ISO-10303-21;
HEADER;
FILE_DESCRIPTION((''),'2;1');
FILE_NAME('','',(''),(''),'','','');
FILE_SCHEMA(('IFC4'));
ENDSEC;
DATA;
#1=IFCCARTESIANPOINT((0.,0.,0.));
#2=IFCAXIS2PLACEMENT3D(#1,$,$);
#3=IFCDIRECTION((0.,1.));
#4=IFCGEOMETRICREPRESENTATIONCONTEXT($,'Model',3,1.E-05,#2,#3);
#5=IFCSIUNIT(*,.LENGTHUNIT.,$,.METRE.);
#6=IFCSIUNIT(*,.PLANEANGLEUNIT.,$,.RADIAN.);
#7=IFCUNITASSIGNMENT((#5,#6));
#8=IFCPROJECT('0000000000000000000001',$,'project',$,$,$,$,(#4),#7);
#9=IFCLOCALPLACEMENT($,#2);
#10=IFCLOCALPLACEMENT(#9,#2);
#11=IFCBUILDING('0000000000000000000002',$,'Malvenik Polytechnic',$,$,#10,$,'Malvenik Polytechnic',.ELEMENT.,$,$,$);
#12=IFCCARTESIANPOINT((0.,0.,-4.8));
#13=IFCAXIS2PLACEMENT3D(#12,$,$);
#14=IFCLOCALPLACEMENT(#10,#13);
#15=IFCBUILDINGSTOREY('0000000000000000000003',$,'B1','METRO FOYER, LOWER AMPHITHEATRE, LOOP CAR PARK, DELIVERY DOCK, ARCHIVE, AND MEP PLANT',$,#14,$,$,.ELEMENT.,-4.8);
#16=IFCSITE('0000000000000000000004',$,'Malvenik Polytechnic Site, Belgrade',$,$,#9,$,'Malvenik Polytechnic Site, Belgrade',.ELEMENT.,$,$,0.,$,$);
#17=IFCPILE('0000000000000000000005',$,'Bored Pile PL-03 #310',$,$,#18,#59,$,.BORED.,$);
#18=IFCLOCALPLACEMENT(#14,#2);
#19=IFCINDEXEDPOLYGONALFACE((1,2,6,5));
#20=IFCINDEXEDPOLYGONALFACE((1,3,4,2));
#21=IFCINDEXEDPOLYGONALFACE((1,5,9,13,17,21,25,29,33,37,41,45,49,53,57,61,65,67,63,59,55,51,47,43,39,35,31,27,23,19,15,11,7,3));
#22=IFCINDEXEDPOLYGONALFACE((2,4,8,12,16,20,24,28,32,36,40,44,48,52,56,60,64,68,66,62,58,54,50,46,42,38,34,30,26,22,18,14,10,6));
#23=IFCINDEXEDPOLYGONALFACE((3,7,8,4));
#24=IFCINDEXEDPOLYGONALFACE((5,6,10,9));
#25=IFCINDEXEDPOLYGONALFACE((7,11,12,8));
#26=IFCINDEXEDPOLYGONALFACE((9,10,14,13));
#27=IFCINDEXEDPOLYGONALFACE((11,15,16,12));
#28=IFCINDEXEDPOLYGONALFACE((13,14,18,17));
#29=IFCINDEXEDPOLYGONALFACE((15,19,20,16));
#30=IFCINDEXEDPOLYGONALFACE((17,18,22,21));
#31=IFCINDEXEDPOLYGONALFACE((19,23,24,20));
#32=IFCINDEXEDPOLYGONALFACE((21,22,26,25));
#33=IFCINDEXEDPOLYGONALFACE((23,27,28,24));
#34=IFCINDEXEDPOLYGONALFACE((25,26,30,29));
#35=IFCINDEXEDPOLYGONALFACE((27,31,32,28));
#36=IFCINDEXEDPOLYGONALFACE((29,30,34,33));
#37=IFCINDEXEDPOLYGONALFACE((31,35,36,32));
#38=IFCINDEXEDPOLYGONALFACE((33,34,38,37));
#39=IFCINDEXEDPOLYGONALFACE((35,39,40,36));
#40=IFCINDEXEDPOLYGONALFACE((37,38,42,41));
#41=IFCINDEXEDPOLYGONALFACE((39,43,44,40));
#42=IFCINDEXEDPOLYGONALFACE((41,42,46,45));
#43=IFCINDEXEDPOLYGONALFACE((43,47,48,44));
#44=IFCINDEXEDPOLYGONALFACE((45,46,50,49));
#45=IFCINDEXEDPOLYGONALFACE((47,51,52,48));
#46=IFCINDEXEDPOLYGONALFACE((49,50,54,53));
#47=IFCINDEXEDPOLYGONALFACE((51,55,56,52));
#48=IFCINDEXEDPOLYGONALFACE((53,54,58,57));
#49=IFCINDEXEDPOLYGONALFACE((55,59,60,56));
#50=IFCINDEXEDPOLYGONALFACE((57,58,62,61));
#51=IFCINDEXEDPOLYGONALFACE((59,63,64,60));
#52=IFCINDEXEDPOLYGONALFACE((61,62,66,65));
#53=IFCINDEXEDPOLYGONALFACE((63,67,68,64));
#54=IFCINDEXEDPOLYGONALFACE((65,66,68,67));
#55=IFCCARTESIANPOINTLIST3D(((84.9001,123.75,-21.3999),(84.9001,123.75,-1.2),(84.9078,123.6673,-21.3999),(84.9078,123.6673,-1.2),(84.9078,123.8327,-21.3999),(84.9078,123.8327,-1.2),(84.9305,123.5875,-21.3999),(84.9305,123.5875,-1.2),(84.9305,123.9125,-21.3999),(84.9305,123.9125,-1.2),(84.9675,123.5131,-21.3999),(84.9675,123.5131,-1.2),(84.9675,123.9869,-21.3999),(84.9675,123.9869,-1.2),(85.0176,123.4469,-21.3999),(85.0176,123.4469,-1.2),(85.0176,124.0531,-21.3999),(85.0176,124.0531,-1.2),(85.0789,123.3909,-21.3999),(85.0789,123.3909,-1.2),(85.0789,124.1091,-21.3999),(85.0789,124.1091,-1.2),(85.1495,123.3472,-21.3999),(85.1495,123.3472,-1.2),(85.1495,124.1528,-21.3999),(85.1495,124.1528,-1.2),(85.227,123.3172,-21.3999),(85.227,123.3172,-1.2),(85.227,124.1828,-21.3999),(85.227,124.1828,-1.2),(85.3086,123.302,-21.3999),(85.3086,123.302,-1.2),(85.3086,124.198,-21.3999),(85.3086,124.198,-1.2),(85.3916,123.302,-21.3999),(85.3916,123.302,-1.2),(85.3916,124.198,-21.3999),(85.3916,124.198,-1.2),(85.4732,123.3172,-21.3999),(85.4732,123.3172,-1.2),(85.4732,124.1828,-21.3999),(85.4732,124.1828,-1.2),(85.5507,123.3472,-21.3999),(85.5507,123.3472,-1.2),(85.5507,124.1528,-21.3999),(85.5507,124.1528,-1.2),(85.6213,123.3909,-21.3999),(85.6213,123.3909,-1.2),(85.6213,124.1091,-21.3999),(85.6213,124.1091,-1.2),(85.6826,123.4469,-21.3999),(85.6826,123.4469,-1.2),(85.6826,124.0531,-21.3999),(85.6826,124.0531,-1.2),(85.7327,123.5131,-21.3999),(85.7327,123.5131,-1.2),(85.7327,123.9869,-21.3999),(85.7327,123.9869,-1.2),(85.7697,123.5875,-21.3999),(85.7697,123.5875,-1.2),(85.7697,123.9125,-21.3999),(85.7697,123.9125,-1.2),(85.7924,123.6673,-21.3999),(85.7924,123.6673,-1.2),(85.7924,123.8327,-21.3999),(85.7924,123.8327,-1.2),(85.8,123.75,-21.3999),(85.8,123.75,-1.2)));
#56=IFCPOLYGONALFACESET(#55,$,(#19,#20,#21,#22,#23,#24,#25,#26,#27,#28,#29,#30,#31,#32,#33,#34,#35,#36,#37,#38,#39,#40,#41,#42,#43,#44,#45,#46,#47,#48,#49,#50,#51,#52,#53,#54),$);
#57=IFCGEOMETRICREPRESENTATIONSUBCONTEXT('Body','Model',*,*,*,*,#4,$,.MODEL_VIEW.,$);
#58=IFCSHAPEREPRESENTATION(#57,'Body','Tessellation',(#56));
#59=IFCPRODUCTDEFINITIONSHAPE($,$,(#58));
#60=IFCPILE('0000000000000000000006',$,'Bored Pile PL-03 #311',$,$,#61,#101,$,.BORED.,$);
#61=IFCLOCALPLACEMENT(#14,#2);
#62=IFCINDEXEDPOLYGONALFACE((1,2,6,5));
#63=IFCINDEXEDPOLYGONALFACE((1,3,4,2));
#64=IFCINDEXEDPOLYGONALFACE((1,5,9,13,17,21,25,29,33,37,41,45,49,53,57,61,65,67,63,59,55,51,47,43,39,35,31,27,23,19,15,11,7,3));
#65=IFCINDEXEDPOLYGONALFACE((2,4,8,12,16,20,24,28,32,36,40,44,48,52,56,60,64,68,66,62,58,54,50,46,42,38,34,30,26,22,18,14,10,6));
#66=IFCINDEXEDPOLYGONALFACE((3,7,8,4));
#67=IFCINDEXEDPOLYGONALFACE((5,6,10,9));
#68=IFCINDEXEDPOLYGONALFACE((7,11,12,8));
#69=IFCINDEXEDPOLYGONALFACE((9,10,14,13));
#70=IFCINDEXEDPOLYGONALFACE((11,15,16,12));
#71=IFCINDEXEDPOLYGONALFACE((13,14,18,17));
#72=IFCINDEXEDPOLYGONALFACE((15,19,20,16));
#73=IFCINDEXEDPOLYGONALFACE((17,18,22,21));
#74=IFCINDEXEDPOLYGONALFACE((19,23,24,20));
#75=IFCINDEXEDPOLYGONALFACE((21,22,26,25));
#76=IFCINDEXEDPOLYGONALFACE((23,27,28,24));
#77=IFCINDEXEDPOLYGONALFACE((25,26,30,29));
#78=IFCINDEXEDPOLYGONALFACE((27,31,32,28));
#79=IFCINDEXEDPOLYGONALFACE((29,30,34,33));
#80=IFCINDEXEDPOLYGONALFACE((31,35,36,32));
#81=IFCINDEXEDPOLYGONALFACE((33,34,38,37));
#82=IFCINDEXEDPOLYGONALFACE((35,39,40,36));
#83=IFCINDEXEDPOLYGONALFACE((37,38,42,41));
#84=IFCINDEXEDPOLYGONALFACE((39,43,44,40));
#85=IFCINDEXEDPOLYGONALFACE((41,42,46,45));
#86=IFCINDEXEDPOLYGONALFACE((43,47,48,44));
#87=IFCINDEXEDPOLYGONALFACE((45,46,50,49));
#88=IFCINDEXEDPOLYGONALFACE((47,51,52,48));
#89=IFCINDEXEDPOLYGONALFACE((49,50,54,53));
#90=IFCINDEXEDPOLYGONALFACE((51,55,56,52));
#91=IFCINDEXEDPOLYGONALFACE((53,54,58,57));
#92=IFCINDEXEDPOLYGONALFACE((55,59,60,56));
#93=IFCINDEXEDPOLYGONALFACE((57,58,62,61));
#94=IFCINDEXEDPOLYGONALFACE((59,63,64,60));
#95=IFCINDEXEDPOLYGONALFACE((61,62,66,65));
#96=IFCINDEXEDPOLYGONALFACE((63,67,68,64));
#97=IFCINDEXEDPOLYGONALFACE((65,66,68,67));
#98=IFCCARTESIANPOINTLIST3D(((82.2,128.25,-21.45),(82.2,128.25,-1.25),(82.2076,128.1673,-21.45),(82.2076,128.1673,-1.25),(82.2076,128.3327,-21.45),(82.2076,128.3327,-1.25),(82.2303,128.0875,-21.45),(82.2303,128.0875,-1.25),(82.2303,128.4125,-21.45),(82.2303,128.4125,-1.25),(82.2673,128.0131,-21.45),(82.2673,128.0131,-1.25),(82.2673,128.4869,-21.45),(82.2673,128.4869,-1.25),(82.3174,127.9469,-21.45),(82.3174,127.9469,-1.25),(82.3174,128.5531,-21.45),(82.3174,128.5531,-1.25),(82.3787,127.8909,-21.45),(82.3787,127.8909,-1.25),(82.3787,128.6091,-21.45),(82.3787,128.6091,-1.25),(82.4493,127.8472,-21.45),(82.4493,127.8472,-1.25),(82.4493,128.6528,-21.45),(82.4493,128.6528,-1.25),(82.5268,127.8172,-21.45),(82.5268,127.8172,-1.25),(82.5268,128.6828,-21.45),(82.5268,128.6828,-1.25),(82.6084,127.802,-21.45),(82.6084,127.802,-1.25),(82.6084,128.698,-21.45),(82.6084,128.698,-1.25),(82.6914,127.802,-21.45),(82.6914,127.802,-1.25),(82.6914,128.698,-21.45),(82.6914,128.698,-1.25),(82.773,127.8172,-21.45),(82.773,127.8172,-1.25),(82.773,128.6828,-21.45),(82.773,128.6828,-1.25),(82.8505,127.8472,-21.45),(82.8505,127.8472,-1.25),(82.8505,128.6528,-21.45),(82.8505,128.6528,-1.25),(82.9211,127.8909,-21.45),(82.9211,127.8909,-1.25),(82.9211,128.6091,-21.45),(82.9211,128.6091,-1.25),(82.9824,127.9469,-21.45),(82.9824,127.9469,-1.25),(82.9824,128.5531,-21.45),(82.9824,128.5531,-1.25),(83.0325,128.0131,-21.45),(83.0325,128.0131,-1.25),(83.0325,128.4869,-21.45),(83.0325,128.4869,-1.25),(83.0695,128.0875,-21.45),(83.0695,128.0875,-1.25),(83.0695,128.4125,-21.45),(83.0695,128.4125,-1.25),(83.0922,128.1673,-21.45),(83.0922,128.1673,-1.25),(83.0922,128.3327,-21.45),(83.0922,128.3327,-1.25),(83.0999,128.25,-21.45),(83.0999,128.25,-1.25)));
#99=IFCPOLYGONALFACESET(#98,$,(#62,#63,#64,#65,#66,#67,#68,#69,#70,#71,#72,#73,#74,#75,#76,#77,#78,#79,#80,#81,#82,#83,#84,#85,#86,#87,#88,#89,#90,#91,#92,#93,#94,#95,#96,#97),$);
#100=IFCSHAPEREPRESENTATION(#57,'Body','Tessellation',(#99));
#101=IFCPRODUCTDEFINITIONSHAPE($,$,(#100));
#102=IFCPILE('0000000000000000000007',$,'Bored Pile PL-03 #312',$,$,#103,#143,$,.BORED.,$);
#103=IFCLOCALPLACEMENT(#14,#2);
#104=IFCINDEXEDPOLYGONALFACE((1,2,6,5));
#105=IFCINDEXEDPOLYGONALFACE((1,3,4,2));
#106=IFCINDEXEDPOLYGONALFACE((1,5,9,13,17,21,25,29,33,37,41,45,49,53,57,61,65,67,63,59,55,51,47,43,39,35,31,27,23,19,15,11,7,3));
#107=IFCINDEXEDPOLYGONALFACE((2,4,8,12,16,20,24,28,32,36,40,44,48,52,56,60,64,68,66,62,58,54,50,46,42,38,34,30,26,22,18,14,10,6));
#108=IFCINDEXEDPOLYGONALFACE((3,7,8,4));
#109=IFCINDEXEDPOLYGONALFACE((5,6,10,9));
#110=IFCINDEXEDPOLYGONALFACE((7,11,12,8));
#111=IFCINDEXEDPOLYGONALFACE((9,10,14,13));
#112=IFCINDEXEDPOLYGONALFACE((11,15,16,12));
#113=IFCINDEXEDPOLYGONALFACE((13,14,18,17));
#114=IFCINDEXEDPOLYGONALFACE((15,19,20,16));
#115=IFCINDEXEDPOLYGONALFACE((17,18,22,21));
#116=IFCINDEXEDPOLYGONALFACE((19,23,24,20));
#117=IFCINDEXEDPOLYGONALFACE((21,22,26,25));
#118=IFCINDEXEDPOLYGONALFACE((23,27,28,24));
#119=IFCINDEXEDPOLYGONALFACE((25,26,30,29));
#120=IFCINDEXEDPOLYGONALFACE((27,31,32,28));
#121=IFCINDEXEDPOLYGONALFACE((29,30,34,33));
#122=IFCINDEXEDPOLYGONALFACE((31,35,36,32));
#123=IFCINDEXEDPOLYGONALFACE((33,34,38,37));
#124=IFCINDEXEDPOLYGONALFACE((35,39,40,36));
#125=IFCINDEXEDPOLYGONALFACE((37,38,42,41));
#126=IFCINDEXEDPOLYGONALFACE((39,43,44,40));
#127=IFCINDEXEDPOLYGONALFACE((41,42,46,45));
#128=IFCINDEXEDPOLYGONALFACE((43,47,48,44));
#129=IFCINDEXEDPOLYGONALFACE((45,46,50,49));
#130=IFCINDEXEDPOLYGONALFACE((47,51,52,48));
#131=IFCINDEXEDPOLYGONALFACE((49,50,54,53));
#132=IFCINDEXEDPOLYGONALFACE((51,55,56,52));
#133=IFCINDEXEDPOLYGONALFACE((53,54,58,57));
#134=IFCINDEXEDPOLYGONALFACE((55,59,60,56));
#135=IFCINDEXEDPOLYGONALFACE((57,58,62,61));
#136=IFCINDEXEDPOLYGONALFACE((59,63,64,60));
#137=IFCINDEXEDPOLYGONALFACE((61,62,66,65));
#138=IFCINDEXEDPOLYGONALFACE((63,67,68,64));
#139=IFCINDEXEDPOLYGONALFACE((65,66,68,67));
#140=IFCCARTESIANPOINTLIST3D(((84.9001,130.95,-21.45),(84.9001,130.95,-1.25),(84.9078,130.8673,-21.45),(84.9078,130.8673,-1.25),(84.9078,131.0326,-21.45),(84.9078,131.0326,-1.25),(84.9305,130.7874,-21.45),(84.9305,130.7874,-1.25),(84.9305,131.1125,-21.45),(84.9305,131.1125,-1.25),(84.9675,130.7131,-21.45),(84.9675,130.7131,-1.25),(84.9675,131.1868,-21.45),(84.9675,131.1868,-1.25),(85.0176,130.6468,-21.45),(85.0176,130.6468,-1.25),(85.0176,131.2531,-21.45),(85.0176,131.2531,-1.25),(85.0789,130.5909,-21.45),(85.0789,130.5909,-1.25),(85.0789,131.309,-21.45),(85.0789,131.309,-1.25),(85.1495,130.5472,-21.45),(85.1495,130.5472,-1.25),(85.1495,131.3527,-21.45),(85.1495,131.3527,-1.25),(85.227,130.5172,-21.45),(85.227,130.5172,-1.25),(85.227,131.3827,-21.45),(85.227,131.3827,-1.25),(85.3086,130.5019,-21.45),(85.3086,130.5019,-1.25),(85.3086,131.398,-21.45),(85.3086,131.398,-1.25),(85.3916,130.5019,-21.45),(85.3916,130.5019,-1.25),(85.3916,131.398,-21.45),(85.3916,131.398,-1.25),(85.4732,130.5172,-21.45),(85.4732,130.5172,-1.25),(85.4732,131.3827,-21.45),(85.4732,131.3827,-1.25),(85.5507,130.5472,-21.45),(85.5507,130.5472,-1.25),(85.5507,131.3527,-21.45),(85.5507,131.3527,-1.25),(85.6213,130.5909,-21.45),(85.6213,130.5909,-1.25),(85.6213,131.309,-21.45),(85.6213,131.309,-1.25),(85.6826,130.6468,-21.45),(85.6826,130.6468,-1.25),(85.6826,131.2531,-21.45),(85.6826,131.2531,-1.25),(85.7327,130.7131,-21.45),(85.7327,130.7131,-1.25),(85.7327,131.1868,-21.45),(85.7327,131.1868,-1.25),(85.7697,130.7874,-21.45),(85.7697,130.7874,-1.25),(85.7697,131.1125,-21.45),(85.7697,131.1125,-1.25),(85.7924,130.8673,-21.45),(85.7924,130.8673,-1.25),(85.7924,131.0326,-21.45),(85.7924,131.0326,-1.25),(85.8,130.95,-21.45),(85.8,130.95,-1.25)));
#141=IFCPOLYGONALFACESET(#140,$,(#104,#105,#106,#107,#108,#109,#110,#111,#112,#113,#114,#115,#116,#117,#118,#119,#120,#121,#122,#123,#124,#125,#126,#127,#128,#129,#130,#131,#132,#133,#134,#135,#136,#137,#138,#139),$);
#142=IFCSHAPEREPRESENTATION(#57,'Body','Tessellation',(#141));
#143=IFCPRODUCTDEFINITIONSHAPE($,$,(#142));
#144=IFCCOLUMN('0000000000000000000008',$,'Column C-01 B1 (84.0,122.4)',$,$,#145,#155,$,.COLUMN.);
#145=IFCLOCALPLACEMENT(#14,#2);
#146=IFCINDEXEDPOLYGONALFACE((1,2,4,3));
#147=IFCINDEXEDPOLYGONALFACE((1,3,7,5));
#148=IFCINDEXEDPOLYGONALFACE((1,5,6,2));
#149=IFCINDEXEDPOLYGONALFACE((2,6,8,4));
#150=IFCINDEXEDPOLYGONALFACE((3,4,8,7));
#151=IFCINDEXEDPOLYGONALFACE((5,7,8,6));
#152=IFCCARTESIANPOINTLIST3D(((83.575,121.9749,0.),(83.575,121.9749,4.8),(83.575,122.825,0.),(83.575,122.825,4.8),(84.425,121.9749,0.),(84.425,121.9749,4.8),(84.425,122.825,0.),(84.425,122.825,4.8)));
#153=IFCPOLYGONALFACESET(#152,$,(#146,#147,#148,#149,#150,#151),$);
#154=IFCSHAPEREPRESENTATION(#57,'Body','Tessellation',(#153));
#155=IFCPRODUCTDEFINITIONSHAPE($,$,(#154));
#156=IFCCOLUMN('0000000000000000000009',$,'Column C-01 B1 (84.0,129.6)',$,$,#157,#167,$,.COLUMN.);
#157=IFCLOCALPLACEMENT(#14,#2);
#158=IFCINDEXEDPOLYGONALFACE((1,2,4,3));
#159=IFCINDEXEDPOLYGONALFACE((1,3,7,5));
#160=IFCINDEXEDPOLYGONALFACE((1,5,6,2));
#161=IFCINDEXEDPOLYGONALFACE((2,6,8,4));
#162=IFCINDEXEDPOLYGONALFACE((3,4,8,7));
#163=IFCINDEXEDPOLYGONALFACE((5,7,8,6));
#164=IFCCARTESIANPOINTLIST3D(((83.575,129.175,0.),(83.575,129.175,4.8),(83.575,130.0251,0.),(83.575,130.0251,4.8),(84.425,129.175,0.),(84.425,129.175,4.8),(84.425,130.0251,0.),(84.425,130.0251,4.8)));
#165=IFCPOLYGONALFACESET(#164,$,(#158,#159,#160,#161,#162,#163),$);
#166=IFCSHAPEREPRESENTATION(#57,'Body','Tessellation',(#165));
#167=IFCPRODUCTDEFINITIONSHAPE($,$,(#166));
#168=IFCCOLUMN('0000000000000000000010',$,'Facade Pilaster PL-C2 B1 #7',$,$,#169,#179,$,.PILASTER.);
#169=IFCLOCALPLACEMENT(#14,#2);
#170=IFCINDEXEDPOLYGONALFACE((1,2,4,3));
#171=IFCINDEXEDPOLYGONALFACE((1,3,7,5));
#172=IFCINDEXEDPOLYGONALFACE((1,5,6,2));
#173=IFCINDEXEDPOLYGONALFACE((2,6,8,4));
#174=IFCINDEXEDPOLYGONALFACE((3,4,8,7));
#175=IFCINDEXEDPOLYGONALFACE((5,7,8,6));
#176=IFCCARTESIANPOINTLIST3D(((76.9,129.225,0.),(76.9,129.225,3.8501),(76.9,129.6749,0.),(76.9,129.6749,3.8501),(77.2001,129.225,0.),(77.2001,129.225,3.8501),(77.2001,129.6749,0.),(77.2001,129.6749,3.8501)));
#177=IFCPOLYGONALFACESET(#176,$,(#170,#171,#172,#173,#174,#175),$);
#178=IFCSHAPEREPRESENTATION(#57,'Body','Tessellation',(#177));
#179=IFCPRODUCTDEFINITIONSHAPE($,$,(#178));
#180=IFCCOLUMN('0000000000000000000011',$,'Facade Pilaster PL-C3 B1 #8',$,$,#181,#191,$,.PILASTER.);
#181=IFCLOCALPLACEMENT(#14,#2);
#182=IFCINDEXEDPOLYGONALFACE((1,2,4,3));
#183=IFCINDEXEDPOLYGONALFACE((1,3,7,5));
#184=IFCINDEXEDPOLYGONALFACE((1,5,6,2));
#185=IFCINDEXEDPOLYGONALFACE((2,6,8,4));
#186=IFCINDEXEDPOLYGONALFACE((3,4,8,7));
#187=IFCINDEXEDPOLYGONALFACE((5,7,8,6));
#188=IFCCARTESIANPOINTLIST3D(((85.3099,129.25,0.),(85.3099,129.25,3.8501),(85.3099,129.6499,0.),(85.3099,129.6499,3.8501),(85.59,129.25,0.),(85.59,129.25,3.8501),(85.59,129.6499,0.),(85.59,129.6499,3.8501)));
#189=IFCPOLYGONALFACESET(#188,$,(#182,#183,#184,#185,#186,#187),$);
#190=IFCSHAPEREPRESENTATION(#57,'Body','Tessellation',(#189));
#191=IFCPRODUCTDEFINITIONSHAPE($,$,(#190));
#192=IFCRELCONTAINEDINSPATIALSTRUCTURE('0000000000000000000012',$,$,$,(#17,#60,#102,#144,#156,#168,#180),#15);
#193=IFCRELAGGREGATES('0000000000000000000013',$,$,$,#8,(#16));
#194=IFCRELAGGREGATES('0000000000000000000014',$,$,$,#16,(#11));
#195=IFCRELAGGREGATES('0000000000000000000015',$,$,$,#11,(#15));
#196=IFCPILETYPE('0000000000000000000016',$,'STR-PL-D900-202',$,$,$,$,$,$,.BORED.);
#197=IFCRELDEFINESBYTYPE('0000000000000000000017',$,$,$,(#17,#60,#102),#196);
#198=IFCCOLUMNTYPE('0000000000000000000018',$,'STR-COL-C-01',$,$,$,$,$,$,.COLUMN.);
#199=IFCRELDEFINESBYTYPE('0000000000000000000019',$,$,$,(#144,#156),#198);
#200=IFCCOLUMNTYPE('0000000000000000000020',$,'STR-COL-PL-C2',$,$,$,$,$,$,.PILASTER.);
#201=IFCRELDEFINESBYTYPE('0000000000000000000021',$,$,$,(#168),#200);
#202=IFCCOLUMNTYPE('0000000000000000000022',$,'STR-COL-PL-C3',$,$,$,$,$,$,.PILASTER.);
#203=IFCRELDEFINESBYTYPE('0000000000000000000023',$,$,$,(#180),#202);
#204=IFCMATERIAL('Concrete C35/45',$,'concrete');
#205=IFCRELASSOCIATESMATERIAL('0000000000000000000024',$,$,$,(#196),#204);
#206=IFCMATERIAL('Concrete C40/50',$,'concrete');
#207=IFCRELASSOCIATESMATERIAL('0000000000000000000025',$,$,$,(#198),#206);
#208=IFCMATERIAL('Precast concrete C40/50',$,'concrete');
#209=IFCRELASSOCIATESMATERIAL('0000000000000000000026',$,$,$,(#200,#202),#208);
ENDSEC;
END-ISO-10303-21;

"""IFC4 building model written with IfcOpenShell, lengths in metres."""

from ifc_helpers import new_model, si_unit, direction, frame, origin, origin_2d, place, context, subcontext, project, spatial, rectangle, circle, extrude, material, material_profile, profile_set, type_object, element, save


model = new_model("IFC4")

# Units and contexts
model_context = context("Model", 3, precision=1e-05, world=origin(), true_north=direction((0.0, 1.0)))
body_context = subcontext(model_context, "Body", "Model", "MODEL_VIEW")
ifc_project = project(units=[si_unit("LENGTHUNIT", "METRE"), si_unit("PLANEANGLEUNIT", "RADIAN")], contexts=[model_context])

# Site, building, storey
site_placement = place(None, origin())
site = spatial("IfcSite", under=ifc_project, at=site_placement, Name="Malvenik Polytechnic Site, Belgrade", LongName="Malvenik Polytechnic Site, Belgrade", CompositionType="ELEMENT", RefElevation=0.0)
building_placement = place(site_placement, origin())
building = spatial("IfcBuilding", under=site, at=building_placement, Name="Malvenik Polytechnic", LongName="Malvenik Polytechnic", CompositionType="ELEMENT")
storey_placement = place(building_placement, frame((0.0, 0.0, -4.8)))
storey = spatial("IfcBuildingStorey", under=building, at=storey_placement, Name="B1", Description="METRO FOYER, LOWER AMPHITHEATRE, LOOP CAR PARK, DELIVERY DOCK, ARCHIVE, AND MEP PLANT", CompositionType="ELEMENT", Elevation=-4.8)

# Shared definitions
ifc_material_1 = material(Name="Concrete C35/45", Category="concrete")

# Piles
ifc_material_profile_1 = material_profile(ifc_material_1, circle(Radius=0.45, at=origin_2d()), Name="BORED PILE D900")
ifc_profile_set_1 = profile_set([ifc_material_profile_1], Name="Concrete C35/45")
pile_type_1 = type_object("IfcPileType", Name="STR-PL-D900-202", PredefinedType="BORED", material=ifc_profile_set_1)
for number, where, z_axis, x_axis, name in (
    (1, (85.3501, 123.75, -1.2), (0.0, 0.0, -1.0), (1.0, 0.0, 0.0), "Bored Pile PL-03 #310"),
    (2, (82.6499, 128.25, -1.25), (0.0, 0.0, -1.0), (1.0, 0.0, 0.0), "Bored Pile PL-03 #311"),
    (3, (85.3501, 130.95, -1.25), (0.0, 0.0, -1.0), (1.0, 0.0, 0.0), "Bored Pile PL-03 #312"),
):
    element("IfcPile", number, at=place(storey_placement, frame(where, z_axis=z_axis, x_axis=x_axis)), inside=storey, type_object=pile_type_1, Name=name, PredefinedType="BORED", context=body_context, shape_type="SweptSolid", body=[
        extrude(circle(Radius=0.45, at=origin_2d()), origin(), (0.0, 0.0, 1.0), 20.2),
    ])

# Columns
ifc_material_2 = material(Name="Concrete C40/50", Category="concrete")
ifc_material_profile_2 = material_profile(ifc_material_2, rectangle(XDim=0.8501, YDim=0.8501, at=origin_2d()), Name="RC COL 850x850")
ifc_profile_set_2 = profile_set([ifc_material_profile_2], Name="Concrete C40/50")
column_type_1 = type_object("IfcColumnType", Name="STR-COL-C-01", PredefinedType="COLUMN", material=ifc_profile_set_2)
for number, where, z_axis, x_axis, name in (
    (4, (84.0, 122.3999, 0.0), (0.0, 0.0, 1.0), (1.0, 0.0, 0.0), "Column C-01 B1 (84.0,122.4)"),
    (5, (84.0, 129.6001, 0.0), (0.0, 0.0, 1.0), (1.0, 0.0, 0.0), "Column C-01 B1 (84.0,129.6)"),
):
    element("IfcColumn", number, at=place(storey_placement, frame(where, z_axis=z_axis, x_axis=x_axis)), inside=storey, type_object=column_type_1, Name=name, PredefinedType="COLUMN", context=body_context, shape_type="SweptSolid", body=[
        extrude(rectangle(XDim=0.8501, YDim=0.8501, at=origin_2d()), origin(), (0.0, 0.0, 1.0), 4.8),
    ])
ifc_material_3 = material(Name="Precast concrete C40/50", Category="concrete")
ifc_material_profile_3 = material_profile(ifc_material_3, rectangle(XDim=0.3, YDim=0.45, at=origin_2d()), Name="RC PIL 450x300")
ifc_profile_set_3 = profile_set([ifc_material_profile_3], Name="Precast concrete C40/50")
column_type_2 = type_object("IfcColumnType", Name="STR-COL-PL-C2", PredefinedType="PILASTER", material=ifc_profile_set_3)
column_1_placement = place(storey_placement, frame((77.05, 129.45, 0.0), z_axis=(0.0, 0.0, 1.0), x_axis=(1.0, 0.0, 0.0)))
element("IfcColumn", 6, at=column_1_placement, inside=storey, type_object=column_type_2, Name="Facade Pilaster PL-C2 B1 #7", PredefinedType="PILASTER", context=body_context, shape_type="SweptSolid", body=[
    extrude(rectangle(XDim=0.3, YDim=0.45, at=origin_2d()), origin(), (0.0, 0.0, 1.0), 3.8501),
])
ifc_material_profile_4 = material_profile(ifc_material_3, rectangle(XDim=0.28, YDim=0.3999, at=origin_2d()), Name="RC PIL 400x280")
ifc_profile_set_4 = profile_set([ifc_material_profile_4], Name="Precast concrete C40/50")
column_type_3 = type_object("IfcColumnType", Name="STR-COL-PL-C3", PredefinedType="PILASTER", material=ifc_profile_set_4)
column_2_placement = place(storey_placement, frame((85.45, 129.45, 0.0), z_axis=(0.0, 0.0, 1.0), x_axis=(1.0, 0.0, 0.0)))
element("IfcColumn", 7, at=column_2_placement, inside=storey, type_object=column_type_3, Name="Facade Pilaster PL-C3 B1 #8", PredefinedType="PILASTER", context=body_context, shape_type="SweptSolid", body=[
    extrude(rectangle(XDim=0.28, YDim=0.3999, at=origin_2d()), origin(), (0.0, 0.0, 1.0), 3.8501),
])

save(model, "model.ifc")
